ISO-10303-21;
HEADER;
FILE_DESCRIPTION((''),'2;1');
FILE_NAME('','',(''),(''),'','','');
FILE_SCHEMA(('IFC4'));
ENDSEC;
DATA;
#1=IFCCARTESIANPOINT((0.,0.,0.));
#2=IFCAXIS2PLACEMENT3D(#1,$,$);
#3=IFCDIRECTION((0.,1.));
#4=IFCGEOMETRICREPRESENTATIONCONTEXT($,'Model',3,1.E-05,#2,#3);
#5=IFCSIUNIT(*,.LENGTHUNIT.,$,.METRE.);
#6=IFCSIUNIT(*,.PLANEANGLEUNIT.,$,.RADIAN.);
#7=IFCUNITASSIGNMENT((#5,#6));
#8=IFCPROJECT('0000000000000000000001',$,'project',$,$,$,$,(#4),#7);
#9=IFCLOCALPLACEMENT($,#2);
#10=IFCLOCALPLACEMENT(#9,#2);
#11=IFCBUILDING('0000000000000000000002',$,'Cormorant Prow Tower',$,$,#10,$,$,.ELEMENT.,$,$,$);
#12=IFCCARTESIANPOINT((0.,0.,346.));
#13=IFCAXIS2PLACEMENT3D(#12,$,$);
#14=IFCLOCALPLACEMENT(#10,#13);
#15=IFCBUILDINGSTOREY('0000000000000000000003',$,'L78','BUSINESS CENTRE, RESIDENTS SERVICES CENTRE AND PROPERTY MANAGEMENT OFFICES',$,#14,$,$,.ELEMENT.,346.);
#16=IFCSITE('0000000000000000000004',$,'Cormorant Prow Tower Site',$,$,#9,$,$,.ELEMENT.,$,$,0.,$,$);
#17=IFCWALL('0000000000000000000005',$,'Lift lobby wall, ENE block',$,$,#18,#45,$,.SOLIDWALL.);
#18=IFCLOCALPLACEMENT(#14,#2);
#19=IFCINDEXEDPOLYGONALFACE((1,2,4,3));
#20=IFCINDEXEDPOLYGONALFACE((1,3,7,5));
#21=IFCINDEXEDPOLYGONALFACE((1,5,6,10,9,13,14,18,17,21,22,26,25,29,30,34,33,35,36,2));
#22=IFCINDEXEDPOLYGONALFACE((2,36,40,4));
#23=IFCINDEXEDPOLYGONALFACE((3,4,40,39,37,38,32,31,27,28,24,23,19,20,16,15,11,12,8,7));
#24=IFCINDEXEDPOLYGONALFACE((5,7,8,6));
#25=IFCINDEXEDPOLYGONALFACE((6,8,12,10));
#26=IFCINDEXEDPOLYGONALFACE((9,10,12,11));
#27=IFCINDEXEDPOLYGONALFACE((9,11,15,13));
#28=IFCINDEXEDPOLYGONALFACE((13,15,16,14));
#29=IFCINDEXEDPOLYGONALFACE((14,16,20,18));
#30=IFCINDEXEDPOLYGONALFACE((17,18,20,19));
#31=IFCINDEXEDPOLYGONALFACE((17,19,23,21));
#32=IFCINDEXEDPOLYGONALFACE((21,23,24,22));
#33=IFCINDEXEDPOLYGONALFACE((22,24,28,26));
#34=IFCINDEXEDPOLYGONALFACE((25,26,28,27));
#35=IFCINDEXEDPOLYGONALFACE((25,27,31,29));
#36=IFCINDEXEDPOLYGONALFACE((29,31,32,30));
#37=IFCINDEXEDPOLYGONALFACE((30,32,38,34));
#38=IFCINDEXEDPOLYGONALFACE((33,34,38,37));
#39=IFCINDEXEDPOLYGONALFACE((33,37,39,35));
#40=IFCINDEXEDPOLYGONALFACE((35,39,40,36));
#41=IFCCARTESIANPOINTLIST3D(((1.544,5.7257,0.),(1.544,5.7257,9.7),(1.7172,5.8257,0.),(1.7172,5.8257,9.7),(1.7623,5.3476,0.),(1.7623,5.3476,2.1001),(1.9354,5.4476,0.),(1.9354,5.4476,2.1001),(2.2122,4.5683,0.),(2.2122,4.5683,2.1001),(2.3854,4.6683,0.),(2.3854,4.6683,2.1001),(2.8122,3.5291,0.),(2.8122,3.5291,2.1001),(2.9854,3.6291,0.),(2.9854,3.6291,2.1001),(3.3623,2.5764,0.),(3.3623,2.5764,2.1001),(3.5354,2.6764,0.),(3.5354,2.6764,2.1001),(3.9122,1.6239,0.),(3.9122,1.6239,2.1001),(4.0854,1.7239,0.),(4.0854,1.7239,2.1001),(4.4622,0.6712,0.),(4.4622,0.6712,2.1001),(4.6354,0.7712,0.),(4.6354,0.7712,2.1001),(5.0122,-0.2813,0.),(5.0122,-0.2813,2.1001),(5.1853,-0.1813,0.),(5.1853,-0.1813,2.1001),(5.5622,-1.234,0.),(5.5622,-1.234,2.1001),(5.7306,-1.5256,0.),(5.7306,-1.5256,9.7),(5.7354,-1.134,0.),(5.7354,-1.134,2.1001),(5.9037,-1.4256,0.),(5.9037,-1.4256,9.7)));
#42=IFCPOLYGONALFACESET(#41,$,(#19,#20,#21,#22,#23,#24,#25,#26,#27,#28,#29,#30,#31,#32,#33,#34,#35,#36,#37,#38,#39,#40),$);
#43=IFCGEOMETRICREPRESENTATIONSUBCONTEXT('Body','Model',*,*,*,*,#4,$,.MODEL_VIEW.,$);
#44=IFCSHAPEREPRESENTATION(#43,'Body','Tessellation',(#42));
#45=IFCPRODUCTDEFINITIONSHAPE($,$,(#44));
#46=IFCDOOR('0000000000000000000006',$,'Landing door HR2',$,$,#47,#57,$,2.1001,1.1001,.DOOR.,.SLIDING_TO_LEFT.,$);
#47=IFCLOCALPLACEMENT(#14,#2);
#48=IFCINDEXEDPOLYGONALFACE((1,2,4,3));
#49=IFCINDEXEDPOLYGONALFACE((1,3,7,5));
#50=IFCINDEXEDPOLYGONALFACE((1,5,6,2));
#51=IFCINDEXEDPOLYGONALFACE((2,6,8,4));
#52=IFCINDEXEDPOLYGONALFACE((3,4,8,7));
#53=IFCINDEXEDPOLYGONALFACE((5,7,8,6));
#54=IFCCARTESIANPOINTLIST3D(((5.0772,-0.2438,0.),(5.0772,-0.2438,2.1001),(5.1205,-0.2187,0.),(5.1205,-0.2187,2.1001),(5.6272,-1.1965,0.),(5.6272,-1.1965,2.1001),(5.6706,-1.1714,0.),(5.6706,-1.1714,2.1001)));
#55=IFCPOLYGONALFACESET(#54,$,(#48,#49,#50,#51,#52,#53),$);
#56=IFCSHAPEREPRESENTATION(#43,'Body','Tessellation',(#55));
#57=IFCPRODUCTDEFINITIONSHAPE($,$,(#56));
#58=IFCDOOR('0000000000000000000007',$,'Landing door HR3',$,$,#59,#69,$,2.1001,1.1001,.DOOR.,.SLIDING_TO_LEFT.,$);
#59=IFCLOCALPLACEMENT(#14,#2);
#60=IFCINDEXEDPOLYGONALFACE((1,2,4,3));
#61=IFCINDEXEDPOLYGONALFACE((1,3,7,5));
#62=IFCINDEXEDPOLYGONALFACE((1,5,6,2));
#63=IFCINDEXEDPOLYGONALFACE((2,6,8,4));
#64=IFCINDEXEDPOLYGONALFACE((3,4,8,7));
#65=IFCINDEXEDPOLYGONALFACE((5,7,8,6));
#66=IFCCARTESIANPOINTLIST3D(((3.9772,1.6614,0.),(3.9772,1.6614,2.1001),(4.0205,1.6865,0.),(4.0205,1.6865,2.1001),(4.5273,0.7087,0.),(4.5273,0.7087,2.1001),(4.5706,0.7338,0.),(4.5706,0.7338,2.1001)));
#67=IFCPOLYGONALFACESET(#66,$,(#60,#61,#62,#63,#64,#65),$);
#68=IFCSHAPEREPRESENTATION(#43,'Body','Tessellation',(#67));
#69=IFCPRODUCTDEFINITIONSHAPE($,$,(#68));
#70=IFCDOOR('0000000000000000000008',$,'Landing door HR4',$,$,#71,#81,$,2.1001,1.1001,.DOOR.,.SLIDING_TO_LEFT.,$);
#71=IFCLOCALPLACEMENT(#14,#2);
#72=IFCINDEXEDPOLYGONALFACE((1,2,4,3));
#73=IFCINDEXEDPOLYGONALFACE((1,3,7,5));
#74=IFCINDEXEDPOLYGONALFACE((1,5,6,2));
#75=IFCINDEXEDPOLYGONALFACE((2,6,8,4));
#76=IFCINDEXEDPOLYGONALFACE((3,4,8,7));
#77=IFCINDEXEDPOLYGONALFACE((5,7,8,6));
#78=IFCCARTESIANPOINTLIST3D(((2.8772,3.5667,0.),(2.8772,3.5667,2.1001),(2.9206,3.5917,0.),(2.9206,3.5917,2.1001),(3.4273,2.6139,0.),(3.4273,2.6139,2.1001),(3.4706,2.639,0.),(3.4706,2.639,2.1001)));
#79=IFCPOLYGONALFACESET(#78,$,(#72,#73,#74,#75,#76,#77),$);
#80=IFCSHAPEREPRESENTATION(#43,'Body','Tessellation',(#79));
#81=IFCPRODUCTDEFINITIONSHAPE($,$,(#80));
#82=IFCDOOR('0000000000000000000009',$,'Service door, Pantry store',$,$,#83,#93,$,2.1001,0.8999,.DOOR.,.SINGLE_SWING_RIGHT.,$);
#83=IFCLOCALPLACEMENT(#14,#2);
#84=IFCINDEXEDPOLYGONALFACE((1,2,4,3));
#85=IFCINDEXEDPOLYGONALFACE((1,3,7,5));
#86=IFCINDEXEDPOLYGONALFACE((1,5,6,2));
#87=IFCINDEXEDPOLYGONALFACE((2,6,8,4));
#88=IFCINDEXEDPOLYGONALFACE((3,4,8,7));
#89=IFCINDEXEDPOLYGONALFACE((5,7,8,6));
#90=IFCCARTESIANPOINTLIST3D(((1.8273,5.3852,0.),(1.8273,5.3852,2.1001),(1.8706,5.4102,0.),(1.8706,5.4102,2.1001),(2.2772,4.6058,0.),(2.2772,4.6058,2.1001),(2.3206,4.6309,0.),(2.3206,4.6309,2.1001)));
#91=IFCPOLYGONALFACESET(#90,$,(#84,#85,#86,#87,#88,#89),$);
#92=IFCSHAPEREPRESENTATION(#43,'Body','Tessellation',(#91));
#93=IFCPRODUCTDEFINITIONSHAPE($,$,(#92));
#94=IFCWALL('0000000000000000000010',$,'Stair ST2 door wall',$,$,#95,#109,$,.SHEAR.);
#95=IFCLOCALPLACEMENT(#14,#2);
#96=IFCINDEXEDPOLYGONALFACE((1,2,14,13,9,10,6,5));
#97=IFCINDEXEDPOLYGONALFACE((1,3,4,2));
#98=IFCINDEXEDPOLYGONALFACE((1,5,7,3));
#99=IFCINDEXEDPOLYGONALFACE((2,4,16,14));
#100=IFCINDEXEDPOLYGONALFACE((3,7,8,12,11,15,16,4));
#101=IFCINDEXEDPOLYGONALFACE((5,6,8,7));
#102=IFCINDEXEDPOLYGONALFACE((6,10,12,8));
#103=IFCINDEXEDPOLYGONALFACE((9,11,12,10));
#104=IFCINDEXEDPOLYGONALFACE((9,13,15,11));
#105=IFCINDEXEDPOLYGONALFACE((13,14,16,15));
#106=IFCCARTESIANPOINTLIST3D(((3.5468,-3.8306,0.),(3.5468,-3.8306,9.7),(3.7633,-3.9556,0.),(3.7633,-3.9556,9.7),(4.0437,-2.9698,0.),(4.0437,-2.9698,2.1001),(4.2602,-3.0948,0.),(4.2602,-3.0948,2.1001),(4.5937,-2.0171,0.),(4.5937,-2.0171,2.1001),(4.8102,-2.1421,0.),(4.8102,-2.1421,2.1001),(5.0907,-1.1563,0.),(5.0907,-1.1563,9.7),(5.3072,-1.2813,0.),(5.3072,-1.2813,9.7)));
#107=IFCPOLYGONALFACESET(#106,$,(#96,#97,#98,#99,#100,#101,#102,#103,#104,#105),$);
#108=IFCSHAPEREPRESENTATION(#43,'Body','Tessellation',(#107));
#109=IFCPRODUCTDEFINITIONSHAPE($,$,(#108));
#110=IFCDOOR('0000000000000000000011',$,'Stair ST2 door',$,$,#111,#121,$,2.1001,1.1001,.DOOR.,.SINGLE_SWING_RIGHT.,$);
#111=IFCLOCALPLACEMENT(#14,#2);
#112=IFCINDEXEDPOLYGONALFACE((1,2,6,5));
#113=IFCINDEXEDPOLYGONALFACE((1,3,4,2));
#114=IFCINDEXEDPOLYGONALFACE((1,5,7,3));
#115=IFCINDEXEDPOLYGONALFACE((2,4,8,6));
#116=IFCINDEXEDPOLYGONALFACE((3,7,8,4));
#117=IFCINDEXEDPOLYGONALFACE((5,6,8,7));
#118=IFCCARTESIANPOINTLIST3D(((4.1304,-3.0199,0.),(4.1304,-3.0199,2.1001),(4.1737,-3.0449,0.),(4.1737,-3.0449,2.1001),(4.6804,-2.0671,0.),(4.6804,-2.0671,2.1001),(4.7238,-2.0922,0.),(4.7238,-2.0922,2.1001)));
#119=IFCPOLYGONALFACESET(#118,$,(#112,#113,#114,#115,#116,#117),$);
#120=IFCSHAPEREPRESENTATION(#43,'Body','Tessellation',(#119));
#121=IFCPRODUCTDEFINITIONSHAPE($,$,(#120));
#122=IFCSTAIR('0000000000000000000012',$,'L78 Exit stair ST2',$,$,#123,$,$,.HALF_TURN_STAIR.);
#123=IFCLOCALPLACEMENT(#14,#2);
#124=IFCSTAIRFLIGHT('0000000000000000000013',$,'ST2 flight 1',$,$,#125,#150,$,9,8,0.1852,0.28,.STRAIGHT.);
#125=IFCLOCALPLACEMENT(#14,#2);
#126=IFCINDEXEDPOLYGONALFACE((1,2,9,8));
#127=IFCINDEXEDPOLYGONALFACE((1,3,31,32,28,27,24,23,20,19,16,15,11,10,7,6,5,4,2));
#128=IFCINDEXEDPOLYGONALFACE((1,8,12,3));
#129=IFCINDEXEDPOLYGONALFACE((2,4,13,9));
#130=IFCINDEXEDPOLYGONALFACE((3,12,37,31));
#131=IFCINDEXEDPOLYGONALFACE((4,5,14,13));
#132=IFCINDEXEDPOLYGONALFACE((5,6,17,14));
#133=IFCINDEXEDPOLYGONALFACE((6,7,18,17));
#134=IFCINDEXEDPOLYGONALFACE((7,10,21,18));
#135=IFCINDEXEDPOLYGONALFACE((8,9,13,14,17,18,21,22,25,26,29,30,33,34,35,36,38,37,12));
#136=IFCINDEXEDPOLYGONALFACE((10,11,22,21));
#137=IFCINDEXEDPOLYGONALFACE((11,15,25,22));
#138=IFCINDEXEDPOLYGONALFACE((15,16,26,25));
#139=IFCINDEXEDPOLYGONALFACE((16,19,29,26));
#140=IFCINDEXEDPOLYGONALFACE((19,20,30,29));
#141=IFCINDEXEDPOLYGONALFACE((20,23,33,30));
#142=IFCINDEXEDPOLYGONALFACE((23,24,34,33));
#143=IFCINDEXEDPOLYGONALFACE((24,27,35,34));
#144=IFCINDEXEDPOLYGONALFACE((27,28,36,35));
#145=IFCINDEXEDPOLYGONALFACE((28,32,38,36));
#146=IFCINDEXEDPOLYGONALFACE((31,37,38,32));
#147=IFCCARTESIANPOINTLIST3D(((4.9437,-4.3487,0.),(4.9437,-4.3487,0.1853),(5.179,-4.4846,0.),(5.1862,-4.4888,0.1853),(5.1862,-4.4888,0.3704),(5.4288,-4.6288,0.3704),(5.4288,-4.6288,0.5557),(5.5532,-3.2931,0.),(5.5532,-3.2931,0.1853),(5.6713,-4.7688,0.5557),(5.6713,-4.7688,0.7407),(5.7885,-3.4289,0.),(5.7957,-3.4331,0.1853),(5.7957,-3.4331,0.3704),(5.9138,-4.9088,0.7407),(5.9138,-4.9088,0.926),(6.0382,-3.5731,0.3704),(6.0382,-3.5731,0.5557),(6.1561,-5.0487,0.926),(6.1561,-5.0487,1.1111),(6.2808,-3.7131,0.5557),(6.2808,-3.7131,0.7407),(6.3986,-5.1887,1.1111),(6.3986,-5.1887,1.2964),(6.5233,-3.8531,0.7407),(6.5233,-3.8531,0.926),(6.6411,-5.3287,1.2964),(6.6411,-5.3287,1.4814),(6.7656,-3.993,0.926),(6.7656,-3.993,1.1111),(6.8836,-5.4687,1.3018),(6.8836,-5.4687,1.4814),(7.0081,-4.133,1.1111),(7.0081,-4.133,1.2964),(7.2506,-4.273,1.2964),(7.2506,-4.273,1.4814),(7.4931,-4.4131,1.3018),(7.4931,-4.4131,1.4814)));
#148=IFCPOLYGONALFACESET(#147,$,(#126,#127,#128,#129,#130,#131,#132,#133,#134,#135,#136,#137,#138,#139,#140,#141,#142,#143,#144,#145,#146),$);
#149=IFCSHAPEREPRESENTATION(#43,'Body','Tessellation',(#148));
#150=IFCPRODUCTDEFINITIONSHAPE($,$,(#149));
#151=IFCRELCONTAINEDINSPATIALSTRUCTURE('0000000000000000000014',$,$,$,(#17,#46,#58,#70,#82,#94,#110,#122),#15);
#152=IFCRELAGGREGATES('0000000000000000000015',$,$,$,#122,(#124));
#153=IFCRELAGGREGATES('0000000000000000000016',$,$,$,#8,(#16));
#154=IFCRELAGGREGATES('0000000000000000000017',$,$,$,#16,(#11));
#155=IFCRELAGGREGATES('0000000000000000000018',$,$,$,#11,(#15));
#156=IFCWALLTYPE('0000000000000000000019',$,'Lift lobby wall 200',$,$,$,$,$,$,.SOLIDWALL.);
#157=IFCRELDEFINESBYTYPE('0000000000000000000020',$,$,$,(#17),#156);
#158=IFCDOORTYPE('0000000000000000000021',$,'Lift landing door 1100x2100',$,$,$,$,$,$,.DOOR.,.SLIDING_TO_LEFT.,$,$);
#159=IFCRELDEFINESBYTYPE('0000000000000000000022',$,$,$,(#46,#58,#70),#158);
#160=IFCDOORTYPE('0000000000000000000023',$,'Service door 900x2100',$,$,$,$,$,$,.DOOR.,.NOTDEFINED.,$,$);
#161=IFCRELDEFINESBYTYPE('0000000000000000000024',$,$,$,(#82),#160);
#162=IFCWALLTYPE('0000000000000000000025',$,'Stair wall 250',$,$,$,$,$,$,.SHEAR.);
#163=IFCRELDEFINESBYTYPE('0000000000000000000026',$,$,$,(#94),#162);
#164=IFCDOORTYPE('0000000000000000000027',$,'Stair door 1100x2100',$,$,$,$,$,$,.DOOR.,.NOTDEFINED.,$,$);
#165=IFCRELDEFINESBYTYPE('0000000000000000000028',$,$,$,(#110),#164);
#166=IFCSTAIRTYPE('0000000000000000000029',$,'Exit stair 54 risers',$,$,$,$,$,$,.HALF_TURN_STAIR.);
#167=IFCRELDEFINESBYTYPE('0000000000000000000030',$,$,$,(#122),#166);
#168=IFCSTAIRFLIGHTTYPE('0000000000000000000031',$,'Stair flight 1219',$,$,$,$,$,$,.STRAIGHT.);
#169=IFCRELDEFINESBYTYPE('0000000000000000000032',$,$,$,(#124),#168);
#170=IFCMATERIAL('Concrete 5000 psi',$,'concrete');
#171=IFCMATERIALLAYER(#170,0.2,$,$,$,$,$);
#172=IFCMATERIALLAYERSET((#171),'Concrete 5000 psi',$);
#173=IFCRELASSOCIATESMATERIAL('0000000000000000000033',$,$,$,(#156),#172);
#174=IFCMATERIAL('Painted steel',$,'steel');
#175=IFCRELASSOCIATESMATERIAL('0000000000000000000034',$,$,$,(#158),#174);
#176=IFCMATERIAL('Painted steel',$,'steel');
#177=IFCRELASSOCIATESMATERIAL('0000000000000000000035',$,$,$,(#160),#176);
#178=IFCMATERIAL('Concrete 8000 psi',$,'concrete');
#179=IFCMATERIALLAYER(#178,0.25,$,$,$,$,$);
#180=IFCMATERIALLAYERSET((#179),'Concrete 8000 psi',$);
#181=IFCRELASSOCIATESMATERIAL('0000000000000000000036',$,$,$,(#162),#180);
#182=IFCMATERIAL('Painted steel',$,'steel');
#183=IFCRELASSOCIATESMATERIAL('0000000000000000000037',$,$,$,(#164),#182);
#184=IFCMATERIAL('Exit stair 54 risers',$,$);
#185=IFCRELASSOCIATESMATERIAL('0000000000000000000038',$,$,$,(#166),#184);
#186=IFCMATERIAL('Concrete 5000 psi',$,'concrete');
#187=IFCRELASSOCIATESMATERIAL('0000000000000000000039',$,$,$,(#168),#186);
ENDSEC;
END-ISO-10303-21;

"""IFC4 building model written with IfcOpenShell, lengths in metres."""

from ifc_helpers import new_model, si_unit, direction, frame, frame_2d, origin, place, context, subcontext, project, spatial, polyline, rectangle, outline, extrude, material, layer, layer_set, type_object, element, fill, aggregate, save


model = new_model("IFC4")

# Units and contexts
model_context = context("Model", 3, precision=1e-05, world=origin(), true_north=direction((0.0, 1.0)))
body_context = subcontext(model_context, "Body", "Model", "MODEL_VIEW")
ifc_project = project(units=[si_unit("LENGTHUNIT", "METRE"), si_unit("PLANEANGLEUNIT", "RADIAN")], contexts=[model_context])

# Site, building, storey
site_placement = place(None, origin())
site = spatial("IfcSite", under=ifc_project, at=site_placement, Name="Cormorant Prow Tower Site", CompositionType="ELEMENT", RefElevation=0.0)
building_placement = place(site_placement, origin())
building = spatial("IfcBuilding", under=site, at=building_placement, Name="Cormorant Prow Tower", CompositionType="ELEMENT")
storey_placement = place(building_placement, frame((0.0, 0.0, 346.0)))
storey = spatial("IfcBuildingStorey", under=building, at=storey_placement, Name="L78", Description="BUSINESS CENTRE, RESIDENTS SERVICES CENTRE AND PROPERTY MANAGEMENT OFFICES", CompositionType="ELEMENT", Elevation=346.0)

# Wall, openings, doors
ifc_material_1 = material(Name="Concrete 5000 psi", Category="concrete")
ifc_layer_1 = layer(ifc_material_1, 0.2)
ifc_layer_set_1 = layer_set([ifc_layer_1], Name="Concrete 5000 psi")
wall_type_1 = type_object("IfcWallType", Name="Lift lobby wall 200", PredefinedType="SOLIDWALL", material=ifc_layer_set_1)
wall_1_placement = place(storey_placement, frame((5.8171, -1.4756, 0.0), z_axis=(0.0, 0.0, 1.0), x_axis=(-0.500003, 0.866024, 0.0)))
wall_1 = element("IfcWall", 1, at=wall_1_placement, inside=storey, type_object=wall_type_1, Name="Lift lobby wall, ENE block", PredefinedType="SOLIDWALL", context=body_context, shape_type="SweptSolid", body=[
    extrude(rectangle(XDim=8.373, YDim=0.2, at=frame_2d((4.1865, 0.0))), origin(), (0.0, 0.0, 1.0), 9.7),
])
opening_1_placement = place(wall_1_placement, frame((0.3367, 0.0, 0.0)))
opening_1 = element("IfcOpeningElement", 2, at=opening_1_placement, cuts=wall_1, PredefinedType="OPENING", context=body_context, shape_type="SweptSolid", body=[
    extrude(rectangle(XDim=1.1001, YDim=2.1001, at=frame_2d((0.55, 1.05))), frame((0.0, 0.1099, 0.0), z_axis=(0.0, -1.0, 0.0), x_axis=(1.0, 0.0, 0.0)), (0.0, 0.0, 1.0), 0.22),
])
opening_2_placement = place(wall_1_placement, frame((2.5366, 0.0, 0.0)))
opening_2 = element("IfcOpeningElement", 3, at=opening_2_placement, cuts=wall_1, PredefinedType="OPENING", context=body_context, shape_type="SweptSolid", body=[
    extrude(rectangle(XDim=1.1001, YDim=2.1001, at=frame_2d((0.55, 1.05))), frame((0.0, 0.1099, 0.0), z_axis=(0.0, -1.0, 0.0), x_axis=(1.0, 0.0, 0.0)), (0.0, 0.0, 1.0), 0.22),
])
opening_3_placement = place(wall_1_placement, frame((4.7366, 0.0, 0.0)))
opening_3 = element("IfcOpeningElement", 4, at=opening_3_placement, cuts=wall_1, PredefinedType="OPENING", context=body_context, shape_type="SweptSolid", body=[
    extrude(rectangle(XDim=1.1001, YDim=2.1001, at=frame_2d((0.55, 1.05))), frame((0.0, 0.1099, 0.0), z_axis=(0.0, -1.0, 0.0), x_axis=(1.0, 0.0, 0.0)), (0.0, 0.0, 1.0), 0.22),
])
opening_4_placement = place(wall_1_placement, frame((7.0366, 0.0, 0.0)))
opening_4 = element("IfcOpeningElement", 5, at=opening_4_placement, cuts=wall_1, PredefinedType="OPENING", context=body_context, shape_type="SweptSolid", body=[
    extrude(rectangle(XDim=0.8999, YDim=2.1001, at=frame_2d((0.45, 1.05))), frame((0.0, 0.1099, 0.0), z_axis=(0.0, -1.0, 0.0), x_axis=(1.0, 0.0, 0.0)), (0.0, 0.0, 1.0), 0.22),
])
ifc_material_2 = material(Name="Painted steel", Category="steel")
door_type_1 = type_object("IfcDoorType", Name="Lift landing door 1100x2100", OperationType="SLIDING_TO_LEFT", PredefinedType="DOOR", material=ifc_material_2)
door_1_placement = place(opening_1_placement, origin())
door_1 = element("IfcDoor", 6, at=door_1_placement, inside=storey, type_object=door_type_1, Name="Landing door HR2", OperationType="SLIDING_TO_LEFT", OverallHeight=2.1001, OverallWidth=1.1001, PredefinedType="DOOR", context=body_context, shape_type="SweptSolid", body=[
    extrude(rectangle(XDim=1.1001, YDim=2.1001, at=frame_2d((0.55, 1.05))), frame((0.0, 0.0249, 0.0), z_axis=(0.0, -1.0, 0.0), x_axis=(1.0, 0.0, 0.0)), (0.0, 0.0, 1.0), 0.05),
])
fill(opening_1, door_1)
door_2_placement = place(opening_2_placement, origin())
door_2 = element("IfcDoor", 7, at=door_2_placement, inside=storey, type_object=door_type_1, Name="Landing door HR3", OperationType="SLIDING_TO_LEFT", OverallHeight=2.1001, OverallWidth=1.1001, PredefinedType="DOOR", context=body_context, shape_type="SweptSolid", body=[
    extrude(rectangle(XDim=1.1001, YDim=2.1001, at=frame_2d((0.55, 1.05))), frame((0.0, 0.0249, 0.0), z_axis=(0.0, -1.0, 0.0), x_axis=(1.0, 0.0, 0.0)), (0.0, 0.0, 1.0), 0.05),
])
fill(opening_2, door_2)
door_3_placement = place(opening_3_placement, origin())
door_3 = element("IfcDoor", 8, at=door_3_placement, inside=storey, type_object=door_type_1, Name="Landing door HR4", OperationType="SLIDING_TO_LEFT", OverallHeight=2.1001, OverallWidth=1.1001, PredefinedType="DOOR", context=body_context, shape_type="SweptSolid", body=[
    extrude(rectangle(XDim=1.1001, YDim=2.1001, at=frame_2d((0.55, 1.05))), frame((0.0, 0.0249, 0.0), z_axis=(0.0, -1.0, 0.0), x_axis=(1.0, 0.0, 0.0)), (0.0, 0.0, 1.0), 0.05),
])
fill(opening_3, door_3)
ifc_material_3 = material(Name="Painted steel", Category="steel")
door_type_2 = type_object("IfcDoorType", Name="Service door 900x2100", OperationType="NOTDEFINED", PredefinedType="DOOR", material=ifc_material_3)
door_4_placement = place(opening_4_placement, origin())
door_4 = element("IfcDoor", 9, at=door_4_placement, inside=storey, type_object=door_type_2, Name="Service door, Pantry store", OperationType="SINGLE_SWING_RIGHT", OverallHeight=2.1001, OverallWidth=0.8999, PredefinedType="DOOR", context=body_context, shape_type="SweptSolid", body=[
    extrude(rectangle(XDim=0.8999, YDim=2.1001, at=frame_2d((0.45, 1.05))), frame((0.0, 0.0249, 0.0), z_axis=(0.0, -1.0, 0.0), x_axis=(1.0, 0.0, 0.0)), (0.0, 0.0, 1.0), 0.05),
])
fill(opening_4, door_4)

# Wall, opening, door
ifc_material_4 = material(Name="Concrete 8000 psi", Category="concrete")
ifc_layer_2 = layer(ifc_material_4, 0.25)
ifc_layer_set_2 = layer_set([ifc_layer_2], Name="Concrete 8000 psi")
wall_type_2 = type_object("IfcWallType", Name="Stair wall 250", PredefinedType="SHEAR", material=ifc_layer_set_2)
wall_2_placement = place(storey_placement, frame((3.655, -3.8931, 0.0), z_axis=(0.0, 0.0, 1.0), x_axis=(0.499983, 0.866035, 0.0)))
wall_2 = element("IfcWall", 10, at=wall_2_placement, inside=storey, type_object=wall_type_2, Name="Stair ST2 door wall", PredefinedType="SHEAR", context=body_context, shape_type="SweptSolid", body=[
    extrude(rectangle(XDim=3.0879, YDim=0.25, at=frame_2d((1.5439, 0.0))), origin(), (0.0, 0.0, 1.0), 9.7),
])
opening_5_placement = place(wall_2_placement, frame((0.9939, 0.0, 0.0)))
opening_5 = element("IfcOpeningElement", 11, at=opening_5_placement, cuts=wall_2, PredefinedType="OPENING", context=body_context, shape_type="SweptSolid", body=[
    extrude(rectangle(XDim=1.1001, YDim=2.1001, at=frame_2d((0.55, 1.05))), frame((0.0, 0.135, 0.0), z_axis=(0.0, -1.0, 0.0), x_axis=(1.0, 0.0, 0.0)), (0.0, 0.0, 1.0), 0.27),
])
ifc_material_5 = material(Name="Painted steel", Category="steel")
door_type_3 = type_object("IfcDoorType", Name="Stair door 1100x2100", OperationType="NOTDEFINED", PredefinedType="DOOR", material=ifc_material_5)
door_5_placement = place(opening_5_placement, origin())
door_5 = element("IfcDoor", 12, at=door_5_placement, inside=storey, type_object=door_type_3, Name="Stair ST2 door", OperationType="SINGLE_SWING_RIGHT", OverallHeight=2.1001, OverallWidth=1.1001, PredefinedType="DOOR", context=body_context, shape_type="SweptSolid", body=[
    extrude(rectangle(XDim=1.1001, YDim=2.1001, at=frame_2d((0.55, 1.05))), frame((0.0, 0.0249, 0.0), z_axis=(0.0, -1.0, 0.0), x_axis=(1.0, 0.0, 0.0)), (0.0, 0.0, 1.0), 0.05),
])
fill(opening_5, door_5)

# Stair, stair flight
ifc_material_6 = material(Name="Exit stair 54 risers")
stair_type = type_object("IfcStairType", Name="Exit stair 54 risers", PredefinedType="HALF_TURN_STAIR", material=ifc_material_6)
stair_placement = place(storey_placement, origin())
stair = element("IfcStair", 13, at=stair_placement, inside=storey, type_object=stair_type, Name="L78 Exit stair ST2", PredefinedType="HALF_TURN_STAIR")
ifc_material_7 = material(Name="Concrete 5000 psi", Category="concrete")
stair_flight_type = type_object("IfcStairFlightType", Name="Stair flight 1219", PredefinedType="STRAIGHT", material=ifc_material_7)
stair_flight_1_placement = place(storey_placement, frame((5.2485, -3.8208, 0.0), z_axis=(0.0, 0.0, 1.0), x_axis=(0.866025, -0.5, 0.0)))
stair_flight_1 = element("IfcStairFlight", 14, at=stair_flight_1_placement, type_object=stair_flight_type, Name="ST2 flight 1", NumberOfRisers=9, NumberOfTreads=8, PredefinedType="STRAIGHT", RiserHeight=0.1852, TreadLength=0.28, context=body_context, shape_type="SweptSolid", body=[
    extrude(outline(polyline([(0.0, 0.0), (0.0, 0.1853), (0.28, 0.1853), (0.28, 0.3704), (0.5601, 0.3704), (0.5601, 0.5557), (0.8401, 0.5557), (0.8401, 0.7407), (1.1201, 0.7407), (1.1201, 0.926), (1.3999, 0.926), (1.3999, 1.1111), (1.6799, 1.1111), (1.6799, 1.2964), (1.96, 1.2964), (1.96, 1.4814), (2.24, 1.4814), (2.24, 1.6667), (2.24, 1.3018), (0.2717, 0.0), (0.0, 0.0)])), frame((0.0, 0.6094, 0.0), z_axis=(0.0, -1.0, 0.0), x_axis=(1.0, 0.0, 0.0)), (0.0, 0.0, 1.0), 1.219),
])
aggregate(stair, [stair_flight_1])

save(model, "model.ifc")
